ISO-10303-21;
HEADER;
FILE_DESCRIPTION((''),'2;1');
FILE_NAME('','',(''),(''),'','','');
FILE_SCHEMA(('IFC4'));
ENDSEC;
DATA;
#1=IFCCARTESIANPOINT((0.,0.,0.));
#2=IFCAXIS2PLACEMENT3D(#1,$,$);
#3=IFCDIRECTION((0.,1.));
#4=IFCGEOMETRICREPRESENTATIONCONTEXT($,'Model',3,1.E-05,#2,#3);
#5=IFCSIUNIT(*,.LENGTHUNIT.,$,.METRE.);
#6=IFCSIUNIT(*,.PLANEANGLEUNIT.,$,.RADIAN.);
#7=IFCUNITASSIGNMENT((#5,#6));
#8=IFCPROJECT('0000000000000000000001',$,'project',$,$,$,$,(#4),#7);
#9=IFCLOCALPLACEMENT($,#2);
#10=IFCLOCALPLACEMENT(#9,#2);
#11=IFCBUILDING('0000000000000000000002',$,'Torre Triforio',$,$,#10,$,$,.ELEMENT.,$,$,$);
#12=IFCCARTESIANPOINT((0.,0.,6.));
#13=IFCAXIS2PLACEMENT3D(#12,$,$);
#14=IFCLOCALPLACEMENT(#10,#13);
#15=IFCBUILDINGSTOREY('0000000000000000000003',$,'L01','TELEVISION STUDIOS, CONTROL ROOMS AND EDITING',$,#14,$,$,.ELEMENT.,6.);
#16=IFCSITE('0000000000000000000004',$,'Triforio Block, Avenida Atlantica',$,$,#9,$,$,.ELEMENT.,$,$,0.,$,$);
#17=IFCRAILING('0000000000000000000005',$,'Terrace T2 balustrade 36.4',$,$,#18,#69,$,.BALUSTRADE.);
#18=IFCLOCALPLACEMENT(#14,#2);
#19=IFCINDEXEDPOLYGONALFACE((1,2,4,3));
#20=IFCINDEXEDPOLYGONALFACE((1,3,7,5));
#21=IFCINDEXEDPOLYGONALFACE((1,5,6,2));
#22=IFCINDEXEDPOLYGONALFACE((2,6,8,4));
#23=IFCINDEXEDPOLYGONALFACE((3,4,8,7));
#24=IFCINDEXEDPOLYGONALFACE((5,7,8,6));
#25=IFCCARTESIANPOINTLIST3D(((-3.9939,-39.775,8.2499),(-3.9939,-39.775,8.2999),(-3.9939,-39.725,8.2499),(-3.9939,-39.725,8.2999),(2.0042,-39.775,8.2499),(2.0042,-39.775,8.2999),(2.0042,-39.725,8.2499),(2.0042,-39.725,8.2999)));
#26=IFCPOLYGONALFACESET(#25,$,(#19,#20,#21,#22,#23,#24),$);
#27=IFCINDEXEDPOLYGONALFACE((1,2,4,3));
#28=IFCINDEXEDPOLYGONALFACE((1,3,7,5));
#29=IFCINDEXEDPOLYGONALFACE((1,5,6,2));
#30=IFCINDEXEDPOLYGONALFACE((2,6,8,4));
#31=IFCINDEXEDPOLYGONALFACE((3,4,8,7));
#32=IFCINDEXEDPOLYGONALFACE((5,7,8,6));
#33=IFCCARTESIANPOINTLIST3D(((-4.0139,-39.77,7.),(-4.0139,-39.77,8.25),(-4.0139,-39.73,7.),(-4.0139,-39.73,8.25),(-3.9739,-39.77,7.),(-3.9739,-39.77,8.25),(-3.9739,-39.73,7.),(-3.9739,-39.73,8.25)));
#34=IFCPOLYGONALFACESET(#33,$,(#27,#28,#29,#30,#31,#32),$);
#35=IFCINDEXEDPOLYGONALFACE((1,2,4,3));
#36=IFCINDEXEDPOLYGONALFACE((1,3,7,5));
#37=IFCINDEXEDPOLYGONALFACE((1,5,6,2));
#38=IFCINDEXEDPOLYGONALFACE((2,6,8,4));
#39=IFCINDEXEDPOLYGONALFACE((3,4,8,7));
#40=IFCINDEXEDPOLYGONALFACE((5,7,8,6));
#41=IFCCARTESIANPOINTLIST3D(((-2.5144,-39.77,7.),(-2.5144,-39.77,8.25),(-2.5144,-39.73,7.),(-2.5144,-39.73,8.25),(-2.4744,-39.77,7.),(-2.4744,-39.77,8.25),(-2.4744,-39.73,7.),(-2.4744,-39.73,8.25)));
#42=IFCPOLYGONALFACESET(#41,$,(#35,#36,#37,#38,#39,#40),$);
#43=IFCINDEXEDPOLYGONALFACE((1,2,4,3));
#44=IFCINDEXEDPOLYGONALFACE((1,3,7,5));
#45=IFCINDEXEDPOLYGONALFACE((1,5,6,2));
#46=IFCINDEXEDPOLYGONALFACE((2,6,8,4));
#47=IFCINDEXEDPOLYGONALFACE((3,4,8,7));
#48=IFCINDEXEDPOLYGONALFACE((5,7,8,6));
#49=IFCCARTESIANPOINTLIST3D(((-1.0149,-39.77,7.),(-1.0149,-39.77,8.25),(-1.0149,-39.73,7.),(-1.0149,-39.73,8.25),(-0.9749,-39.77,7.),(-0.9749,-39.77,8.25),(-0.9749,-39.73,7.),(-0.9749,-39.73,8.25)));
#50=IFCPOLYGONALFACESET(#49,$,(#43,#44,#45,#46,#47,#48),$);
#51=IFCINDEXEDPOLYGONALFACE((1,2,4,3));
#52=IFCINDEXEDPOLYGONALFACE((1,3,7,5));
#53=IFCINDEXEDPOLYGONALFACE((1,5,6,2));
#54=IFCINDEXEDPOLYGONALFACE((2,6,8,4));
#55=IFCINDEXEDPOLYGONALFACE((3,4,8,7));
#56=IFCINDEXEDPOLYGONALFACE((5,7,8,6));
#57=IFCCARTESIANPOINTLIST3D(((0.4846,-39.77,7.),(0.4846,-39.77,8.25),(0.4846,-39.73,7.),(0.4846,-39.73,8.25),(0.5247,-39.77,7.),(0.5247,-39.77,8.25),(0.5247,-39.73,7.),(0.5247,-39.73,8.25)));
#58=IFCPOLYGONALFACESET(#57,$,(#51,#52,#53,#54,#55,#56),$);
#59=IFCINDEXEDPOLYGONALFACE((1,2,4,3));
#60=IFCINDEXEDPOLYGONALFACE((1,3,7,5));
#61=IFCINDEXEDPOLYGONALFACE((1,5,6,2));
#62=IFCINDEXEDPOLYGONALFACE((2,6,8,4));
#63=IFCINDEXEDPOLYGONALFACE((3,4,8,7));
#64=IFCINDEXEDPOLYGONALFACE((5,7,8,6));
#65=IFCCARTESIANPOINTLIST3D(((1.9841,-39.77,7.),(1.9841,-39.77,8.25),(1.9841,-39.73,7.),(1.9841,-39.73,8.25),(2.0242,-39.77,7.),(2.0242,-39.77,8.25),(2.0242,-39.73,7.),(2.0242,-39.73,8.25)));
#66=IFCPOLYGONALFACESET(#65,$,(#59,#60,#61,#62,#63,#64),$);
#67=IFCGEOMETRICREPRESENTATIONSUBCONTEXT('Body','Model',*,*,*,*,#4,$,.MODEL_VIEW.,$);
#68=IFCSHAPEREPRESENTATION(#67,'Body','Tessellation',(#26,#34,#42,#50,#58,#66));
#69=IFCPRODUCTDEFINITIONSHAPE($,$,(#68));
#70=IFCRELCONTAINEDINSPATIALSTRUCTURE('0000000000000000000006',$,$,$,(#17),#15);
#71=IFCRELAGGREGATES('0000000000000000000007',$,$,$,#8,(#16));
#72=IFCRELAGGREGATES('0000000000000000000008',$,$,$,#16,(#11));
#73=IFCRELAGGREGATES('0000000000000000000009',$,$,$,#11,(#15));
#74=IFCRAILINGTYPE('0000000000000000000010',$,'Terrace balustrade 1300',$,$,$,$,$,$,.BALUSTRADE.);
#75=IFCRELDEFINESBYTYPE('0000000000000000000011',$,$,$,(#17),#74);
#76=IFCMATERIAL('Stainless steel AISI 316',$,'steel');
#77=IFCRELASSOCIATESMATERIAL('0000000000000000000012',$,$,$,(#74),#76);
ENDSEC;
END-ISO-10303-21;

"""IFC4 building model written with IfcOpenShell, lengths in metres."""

from ifc_helpers import new_model, si_unit, direction, frame, origin, origin_2d, place, context, subcontext, project, spatial, rectangle, extrude, material, type_object, element, save


model = new_model("IFC4")

# Units and contexts
model_context = context("Model", 3, precision=1e-05, world=origin(), true_north=direction((0.0, 1.0)))
body_context = subcontext(model_context, "Body", "Model", "MODEL_VIEW")
ifc_project = project(units=[si_unit("LENGTHUNIT", "METRE"), si_unit("PLANEANGLEUNIT", "RADIAN")], contexts=[model_context])

# Site, building, storey
site_placement = place(None, origin())
site = spatial("IfcSite", under=ifc_project, at=site_placement, Name="Triforio Block, Avenida Atlantica", CompositionType="ELEMENT", RefElevation=0.0)
building_placement = place(site_placement, origin())
building = spatial("IfcBuilding", under=site, at=building_placement, Name="Torre Triforio", CompositionType="ELEMENT")
storey_placement = place(building_placement, frame((0.0, 0.0, 6.0)))
storey = spatial("IfcBuildingStorey", under=building, at=storey_placement, Name="L01", Description="TELEVISION STUDIOS, CONTROL ROOMS AND EDITING", CompositionType="ELEMENT", Elevation=6.0)

# Railing
ifc_material_1 = material(Name="Stainless steel AISI 316", Category="steel")
railing_type = type_object("IfcRailingType", Name="Terrace balustrade 1300", PredefinedType="BALUSTRADE", material=ifc_material_1)
railing_placement = place(storey_placement, frame((-3.9939, -39.75, 7.0)))
element("IfcRailing", 1, at=railing_placement, inside=storey, type_object=railing_type, Name="Terrace T2 balustrade 36.4", PredefinedType="BALUSTRADE", context=body_context, shape_type="SweptSolid", body=[
    extrude(rectangle(XDim=0.05, YDim=0.05, at=origin_2d()), frame((0.0, 0.0, 1.2749), z_axis=(1.0, 0.0, 0.0), x_axis=(0.0, 1.0, 0.0)), (0.0, 0.0, 1.0), 5.998),
    extrude(rectangle(XDim=0.04, YDim=0.04, at=origin_2d()), origin(), (0.0, 0.0, 1.0), 1.25),
    extrude(rectangle(XDim=0.04, YDim=0.04, at=origin_2d()), frame((1.4995, 0.0, 0.0)), (0.0, 0.0, 1.0), 1.25),
    extrude(rectangle(XDim=0.04, YDim=0.04, at=origin_2d()), frame((2.999, 0.0, 0.0)), (0.0, 0.0, 1.0), 1.25),
    extrude(rectangle(XDim=0.04, YDim=0.04, at=origin_2d()), frame((4.4985, 0.0, 0.0)), (0.0, 0.0, 1.0), 1.25),
    extrude(rectangle(XDim=0.04, YDim=0.04, at=origin_2d()), frame((5.998, 0.0, 0.0)), (0.0, 0.0, 1.0), 1.25),
])

save(model, "model.ifc")
